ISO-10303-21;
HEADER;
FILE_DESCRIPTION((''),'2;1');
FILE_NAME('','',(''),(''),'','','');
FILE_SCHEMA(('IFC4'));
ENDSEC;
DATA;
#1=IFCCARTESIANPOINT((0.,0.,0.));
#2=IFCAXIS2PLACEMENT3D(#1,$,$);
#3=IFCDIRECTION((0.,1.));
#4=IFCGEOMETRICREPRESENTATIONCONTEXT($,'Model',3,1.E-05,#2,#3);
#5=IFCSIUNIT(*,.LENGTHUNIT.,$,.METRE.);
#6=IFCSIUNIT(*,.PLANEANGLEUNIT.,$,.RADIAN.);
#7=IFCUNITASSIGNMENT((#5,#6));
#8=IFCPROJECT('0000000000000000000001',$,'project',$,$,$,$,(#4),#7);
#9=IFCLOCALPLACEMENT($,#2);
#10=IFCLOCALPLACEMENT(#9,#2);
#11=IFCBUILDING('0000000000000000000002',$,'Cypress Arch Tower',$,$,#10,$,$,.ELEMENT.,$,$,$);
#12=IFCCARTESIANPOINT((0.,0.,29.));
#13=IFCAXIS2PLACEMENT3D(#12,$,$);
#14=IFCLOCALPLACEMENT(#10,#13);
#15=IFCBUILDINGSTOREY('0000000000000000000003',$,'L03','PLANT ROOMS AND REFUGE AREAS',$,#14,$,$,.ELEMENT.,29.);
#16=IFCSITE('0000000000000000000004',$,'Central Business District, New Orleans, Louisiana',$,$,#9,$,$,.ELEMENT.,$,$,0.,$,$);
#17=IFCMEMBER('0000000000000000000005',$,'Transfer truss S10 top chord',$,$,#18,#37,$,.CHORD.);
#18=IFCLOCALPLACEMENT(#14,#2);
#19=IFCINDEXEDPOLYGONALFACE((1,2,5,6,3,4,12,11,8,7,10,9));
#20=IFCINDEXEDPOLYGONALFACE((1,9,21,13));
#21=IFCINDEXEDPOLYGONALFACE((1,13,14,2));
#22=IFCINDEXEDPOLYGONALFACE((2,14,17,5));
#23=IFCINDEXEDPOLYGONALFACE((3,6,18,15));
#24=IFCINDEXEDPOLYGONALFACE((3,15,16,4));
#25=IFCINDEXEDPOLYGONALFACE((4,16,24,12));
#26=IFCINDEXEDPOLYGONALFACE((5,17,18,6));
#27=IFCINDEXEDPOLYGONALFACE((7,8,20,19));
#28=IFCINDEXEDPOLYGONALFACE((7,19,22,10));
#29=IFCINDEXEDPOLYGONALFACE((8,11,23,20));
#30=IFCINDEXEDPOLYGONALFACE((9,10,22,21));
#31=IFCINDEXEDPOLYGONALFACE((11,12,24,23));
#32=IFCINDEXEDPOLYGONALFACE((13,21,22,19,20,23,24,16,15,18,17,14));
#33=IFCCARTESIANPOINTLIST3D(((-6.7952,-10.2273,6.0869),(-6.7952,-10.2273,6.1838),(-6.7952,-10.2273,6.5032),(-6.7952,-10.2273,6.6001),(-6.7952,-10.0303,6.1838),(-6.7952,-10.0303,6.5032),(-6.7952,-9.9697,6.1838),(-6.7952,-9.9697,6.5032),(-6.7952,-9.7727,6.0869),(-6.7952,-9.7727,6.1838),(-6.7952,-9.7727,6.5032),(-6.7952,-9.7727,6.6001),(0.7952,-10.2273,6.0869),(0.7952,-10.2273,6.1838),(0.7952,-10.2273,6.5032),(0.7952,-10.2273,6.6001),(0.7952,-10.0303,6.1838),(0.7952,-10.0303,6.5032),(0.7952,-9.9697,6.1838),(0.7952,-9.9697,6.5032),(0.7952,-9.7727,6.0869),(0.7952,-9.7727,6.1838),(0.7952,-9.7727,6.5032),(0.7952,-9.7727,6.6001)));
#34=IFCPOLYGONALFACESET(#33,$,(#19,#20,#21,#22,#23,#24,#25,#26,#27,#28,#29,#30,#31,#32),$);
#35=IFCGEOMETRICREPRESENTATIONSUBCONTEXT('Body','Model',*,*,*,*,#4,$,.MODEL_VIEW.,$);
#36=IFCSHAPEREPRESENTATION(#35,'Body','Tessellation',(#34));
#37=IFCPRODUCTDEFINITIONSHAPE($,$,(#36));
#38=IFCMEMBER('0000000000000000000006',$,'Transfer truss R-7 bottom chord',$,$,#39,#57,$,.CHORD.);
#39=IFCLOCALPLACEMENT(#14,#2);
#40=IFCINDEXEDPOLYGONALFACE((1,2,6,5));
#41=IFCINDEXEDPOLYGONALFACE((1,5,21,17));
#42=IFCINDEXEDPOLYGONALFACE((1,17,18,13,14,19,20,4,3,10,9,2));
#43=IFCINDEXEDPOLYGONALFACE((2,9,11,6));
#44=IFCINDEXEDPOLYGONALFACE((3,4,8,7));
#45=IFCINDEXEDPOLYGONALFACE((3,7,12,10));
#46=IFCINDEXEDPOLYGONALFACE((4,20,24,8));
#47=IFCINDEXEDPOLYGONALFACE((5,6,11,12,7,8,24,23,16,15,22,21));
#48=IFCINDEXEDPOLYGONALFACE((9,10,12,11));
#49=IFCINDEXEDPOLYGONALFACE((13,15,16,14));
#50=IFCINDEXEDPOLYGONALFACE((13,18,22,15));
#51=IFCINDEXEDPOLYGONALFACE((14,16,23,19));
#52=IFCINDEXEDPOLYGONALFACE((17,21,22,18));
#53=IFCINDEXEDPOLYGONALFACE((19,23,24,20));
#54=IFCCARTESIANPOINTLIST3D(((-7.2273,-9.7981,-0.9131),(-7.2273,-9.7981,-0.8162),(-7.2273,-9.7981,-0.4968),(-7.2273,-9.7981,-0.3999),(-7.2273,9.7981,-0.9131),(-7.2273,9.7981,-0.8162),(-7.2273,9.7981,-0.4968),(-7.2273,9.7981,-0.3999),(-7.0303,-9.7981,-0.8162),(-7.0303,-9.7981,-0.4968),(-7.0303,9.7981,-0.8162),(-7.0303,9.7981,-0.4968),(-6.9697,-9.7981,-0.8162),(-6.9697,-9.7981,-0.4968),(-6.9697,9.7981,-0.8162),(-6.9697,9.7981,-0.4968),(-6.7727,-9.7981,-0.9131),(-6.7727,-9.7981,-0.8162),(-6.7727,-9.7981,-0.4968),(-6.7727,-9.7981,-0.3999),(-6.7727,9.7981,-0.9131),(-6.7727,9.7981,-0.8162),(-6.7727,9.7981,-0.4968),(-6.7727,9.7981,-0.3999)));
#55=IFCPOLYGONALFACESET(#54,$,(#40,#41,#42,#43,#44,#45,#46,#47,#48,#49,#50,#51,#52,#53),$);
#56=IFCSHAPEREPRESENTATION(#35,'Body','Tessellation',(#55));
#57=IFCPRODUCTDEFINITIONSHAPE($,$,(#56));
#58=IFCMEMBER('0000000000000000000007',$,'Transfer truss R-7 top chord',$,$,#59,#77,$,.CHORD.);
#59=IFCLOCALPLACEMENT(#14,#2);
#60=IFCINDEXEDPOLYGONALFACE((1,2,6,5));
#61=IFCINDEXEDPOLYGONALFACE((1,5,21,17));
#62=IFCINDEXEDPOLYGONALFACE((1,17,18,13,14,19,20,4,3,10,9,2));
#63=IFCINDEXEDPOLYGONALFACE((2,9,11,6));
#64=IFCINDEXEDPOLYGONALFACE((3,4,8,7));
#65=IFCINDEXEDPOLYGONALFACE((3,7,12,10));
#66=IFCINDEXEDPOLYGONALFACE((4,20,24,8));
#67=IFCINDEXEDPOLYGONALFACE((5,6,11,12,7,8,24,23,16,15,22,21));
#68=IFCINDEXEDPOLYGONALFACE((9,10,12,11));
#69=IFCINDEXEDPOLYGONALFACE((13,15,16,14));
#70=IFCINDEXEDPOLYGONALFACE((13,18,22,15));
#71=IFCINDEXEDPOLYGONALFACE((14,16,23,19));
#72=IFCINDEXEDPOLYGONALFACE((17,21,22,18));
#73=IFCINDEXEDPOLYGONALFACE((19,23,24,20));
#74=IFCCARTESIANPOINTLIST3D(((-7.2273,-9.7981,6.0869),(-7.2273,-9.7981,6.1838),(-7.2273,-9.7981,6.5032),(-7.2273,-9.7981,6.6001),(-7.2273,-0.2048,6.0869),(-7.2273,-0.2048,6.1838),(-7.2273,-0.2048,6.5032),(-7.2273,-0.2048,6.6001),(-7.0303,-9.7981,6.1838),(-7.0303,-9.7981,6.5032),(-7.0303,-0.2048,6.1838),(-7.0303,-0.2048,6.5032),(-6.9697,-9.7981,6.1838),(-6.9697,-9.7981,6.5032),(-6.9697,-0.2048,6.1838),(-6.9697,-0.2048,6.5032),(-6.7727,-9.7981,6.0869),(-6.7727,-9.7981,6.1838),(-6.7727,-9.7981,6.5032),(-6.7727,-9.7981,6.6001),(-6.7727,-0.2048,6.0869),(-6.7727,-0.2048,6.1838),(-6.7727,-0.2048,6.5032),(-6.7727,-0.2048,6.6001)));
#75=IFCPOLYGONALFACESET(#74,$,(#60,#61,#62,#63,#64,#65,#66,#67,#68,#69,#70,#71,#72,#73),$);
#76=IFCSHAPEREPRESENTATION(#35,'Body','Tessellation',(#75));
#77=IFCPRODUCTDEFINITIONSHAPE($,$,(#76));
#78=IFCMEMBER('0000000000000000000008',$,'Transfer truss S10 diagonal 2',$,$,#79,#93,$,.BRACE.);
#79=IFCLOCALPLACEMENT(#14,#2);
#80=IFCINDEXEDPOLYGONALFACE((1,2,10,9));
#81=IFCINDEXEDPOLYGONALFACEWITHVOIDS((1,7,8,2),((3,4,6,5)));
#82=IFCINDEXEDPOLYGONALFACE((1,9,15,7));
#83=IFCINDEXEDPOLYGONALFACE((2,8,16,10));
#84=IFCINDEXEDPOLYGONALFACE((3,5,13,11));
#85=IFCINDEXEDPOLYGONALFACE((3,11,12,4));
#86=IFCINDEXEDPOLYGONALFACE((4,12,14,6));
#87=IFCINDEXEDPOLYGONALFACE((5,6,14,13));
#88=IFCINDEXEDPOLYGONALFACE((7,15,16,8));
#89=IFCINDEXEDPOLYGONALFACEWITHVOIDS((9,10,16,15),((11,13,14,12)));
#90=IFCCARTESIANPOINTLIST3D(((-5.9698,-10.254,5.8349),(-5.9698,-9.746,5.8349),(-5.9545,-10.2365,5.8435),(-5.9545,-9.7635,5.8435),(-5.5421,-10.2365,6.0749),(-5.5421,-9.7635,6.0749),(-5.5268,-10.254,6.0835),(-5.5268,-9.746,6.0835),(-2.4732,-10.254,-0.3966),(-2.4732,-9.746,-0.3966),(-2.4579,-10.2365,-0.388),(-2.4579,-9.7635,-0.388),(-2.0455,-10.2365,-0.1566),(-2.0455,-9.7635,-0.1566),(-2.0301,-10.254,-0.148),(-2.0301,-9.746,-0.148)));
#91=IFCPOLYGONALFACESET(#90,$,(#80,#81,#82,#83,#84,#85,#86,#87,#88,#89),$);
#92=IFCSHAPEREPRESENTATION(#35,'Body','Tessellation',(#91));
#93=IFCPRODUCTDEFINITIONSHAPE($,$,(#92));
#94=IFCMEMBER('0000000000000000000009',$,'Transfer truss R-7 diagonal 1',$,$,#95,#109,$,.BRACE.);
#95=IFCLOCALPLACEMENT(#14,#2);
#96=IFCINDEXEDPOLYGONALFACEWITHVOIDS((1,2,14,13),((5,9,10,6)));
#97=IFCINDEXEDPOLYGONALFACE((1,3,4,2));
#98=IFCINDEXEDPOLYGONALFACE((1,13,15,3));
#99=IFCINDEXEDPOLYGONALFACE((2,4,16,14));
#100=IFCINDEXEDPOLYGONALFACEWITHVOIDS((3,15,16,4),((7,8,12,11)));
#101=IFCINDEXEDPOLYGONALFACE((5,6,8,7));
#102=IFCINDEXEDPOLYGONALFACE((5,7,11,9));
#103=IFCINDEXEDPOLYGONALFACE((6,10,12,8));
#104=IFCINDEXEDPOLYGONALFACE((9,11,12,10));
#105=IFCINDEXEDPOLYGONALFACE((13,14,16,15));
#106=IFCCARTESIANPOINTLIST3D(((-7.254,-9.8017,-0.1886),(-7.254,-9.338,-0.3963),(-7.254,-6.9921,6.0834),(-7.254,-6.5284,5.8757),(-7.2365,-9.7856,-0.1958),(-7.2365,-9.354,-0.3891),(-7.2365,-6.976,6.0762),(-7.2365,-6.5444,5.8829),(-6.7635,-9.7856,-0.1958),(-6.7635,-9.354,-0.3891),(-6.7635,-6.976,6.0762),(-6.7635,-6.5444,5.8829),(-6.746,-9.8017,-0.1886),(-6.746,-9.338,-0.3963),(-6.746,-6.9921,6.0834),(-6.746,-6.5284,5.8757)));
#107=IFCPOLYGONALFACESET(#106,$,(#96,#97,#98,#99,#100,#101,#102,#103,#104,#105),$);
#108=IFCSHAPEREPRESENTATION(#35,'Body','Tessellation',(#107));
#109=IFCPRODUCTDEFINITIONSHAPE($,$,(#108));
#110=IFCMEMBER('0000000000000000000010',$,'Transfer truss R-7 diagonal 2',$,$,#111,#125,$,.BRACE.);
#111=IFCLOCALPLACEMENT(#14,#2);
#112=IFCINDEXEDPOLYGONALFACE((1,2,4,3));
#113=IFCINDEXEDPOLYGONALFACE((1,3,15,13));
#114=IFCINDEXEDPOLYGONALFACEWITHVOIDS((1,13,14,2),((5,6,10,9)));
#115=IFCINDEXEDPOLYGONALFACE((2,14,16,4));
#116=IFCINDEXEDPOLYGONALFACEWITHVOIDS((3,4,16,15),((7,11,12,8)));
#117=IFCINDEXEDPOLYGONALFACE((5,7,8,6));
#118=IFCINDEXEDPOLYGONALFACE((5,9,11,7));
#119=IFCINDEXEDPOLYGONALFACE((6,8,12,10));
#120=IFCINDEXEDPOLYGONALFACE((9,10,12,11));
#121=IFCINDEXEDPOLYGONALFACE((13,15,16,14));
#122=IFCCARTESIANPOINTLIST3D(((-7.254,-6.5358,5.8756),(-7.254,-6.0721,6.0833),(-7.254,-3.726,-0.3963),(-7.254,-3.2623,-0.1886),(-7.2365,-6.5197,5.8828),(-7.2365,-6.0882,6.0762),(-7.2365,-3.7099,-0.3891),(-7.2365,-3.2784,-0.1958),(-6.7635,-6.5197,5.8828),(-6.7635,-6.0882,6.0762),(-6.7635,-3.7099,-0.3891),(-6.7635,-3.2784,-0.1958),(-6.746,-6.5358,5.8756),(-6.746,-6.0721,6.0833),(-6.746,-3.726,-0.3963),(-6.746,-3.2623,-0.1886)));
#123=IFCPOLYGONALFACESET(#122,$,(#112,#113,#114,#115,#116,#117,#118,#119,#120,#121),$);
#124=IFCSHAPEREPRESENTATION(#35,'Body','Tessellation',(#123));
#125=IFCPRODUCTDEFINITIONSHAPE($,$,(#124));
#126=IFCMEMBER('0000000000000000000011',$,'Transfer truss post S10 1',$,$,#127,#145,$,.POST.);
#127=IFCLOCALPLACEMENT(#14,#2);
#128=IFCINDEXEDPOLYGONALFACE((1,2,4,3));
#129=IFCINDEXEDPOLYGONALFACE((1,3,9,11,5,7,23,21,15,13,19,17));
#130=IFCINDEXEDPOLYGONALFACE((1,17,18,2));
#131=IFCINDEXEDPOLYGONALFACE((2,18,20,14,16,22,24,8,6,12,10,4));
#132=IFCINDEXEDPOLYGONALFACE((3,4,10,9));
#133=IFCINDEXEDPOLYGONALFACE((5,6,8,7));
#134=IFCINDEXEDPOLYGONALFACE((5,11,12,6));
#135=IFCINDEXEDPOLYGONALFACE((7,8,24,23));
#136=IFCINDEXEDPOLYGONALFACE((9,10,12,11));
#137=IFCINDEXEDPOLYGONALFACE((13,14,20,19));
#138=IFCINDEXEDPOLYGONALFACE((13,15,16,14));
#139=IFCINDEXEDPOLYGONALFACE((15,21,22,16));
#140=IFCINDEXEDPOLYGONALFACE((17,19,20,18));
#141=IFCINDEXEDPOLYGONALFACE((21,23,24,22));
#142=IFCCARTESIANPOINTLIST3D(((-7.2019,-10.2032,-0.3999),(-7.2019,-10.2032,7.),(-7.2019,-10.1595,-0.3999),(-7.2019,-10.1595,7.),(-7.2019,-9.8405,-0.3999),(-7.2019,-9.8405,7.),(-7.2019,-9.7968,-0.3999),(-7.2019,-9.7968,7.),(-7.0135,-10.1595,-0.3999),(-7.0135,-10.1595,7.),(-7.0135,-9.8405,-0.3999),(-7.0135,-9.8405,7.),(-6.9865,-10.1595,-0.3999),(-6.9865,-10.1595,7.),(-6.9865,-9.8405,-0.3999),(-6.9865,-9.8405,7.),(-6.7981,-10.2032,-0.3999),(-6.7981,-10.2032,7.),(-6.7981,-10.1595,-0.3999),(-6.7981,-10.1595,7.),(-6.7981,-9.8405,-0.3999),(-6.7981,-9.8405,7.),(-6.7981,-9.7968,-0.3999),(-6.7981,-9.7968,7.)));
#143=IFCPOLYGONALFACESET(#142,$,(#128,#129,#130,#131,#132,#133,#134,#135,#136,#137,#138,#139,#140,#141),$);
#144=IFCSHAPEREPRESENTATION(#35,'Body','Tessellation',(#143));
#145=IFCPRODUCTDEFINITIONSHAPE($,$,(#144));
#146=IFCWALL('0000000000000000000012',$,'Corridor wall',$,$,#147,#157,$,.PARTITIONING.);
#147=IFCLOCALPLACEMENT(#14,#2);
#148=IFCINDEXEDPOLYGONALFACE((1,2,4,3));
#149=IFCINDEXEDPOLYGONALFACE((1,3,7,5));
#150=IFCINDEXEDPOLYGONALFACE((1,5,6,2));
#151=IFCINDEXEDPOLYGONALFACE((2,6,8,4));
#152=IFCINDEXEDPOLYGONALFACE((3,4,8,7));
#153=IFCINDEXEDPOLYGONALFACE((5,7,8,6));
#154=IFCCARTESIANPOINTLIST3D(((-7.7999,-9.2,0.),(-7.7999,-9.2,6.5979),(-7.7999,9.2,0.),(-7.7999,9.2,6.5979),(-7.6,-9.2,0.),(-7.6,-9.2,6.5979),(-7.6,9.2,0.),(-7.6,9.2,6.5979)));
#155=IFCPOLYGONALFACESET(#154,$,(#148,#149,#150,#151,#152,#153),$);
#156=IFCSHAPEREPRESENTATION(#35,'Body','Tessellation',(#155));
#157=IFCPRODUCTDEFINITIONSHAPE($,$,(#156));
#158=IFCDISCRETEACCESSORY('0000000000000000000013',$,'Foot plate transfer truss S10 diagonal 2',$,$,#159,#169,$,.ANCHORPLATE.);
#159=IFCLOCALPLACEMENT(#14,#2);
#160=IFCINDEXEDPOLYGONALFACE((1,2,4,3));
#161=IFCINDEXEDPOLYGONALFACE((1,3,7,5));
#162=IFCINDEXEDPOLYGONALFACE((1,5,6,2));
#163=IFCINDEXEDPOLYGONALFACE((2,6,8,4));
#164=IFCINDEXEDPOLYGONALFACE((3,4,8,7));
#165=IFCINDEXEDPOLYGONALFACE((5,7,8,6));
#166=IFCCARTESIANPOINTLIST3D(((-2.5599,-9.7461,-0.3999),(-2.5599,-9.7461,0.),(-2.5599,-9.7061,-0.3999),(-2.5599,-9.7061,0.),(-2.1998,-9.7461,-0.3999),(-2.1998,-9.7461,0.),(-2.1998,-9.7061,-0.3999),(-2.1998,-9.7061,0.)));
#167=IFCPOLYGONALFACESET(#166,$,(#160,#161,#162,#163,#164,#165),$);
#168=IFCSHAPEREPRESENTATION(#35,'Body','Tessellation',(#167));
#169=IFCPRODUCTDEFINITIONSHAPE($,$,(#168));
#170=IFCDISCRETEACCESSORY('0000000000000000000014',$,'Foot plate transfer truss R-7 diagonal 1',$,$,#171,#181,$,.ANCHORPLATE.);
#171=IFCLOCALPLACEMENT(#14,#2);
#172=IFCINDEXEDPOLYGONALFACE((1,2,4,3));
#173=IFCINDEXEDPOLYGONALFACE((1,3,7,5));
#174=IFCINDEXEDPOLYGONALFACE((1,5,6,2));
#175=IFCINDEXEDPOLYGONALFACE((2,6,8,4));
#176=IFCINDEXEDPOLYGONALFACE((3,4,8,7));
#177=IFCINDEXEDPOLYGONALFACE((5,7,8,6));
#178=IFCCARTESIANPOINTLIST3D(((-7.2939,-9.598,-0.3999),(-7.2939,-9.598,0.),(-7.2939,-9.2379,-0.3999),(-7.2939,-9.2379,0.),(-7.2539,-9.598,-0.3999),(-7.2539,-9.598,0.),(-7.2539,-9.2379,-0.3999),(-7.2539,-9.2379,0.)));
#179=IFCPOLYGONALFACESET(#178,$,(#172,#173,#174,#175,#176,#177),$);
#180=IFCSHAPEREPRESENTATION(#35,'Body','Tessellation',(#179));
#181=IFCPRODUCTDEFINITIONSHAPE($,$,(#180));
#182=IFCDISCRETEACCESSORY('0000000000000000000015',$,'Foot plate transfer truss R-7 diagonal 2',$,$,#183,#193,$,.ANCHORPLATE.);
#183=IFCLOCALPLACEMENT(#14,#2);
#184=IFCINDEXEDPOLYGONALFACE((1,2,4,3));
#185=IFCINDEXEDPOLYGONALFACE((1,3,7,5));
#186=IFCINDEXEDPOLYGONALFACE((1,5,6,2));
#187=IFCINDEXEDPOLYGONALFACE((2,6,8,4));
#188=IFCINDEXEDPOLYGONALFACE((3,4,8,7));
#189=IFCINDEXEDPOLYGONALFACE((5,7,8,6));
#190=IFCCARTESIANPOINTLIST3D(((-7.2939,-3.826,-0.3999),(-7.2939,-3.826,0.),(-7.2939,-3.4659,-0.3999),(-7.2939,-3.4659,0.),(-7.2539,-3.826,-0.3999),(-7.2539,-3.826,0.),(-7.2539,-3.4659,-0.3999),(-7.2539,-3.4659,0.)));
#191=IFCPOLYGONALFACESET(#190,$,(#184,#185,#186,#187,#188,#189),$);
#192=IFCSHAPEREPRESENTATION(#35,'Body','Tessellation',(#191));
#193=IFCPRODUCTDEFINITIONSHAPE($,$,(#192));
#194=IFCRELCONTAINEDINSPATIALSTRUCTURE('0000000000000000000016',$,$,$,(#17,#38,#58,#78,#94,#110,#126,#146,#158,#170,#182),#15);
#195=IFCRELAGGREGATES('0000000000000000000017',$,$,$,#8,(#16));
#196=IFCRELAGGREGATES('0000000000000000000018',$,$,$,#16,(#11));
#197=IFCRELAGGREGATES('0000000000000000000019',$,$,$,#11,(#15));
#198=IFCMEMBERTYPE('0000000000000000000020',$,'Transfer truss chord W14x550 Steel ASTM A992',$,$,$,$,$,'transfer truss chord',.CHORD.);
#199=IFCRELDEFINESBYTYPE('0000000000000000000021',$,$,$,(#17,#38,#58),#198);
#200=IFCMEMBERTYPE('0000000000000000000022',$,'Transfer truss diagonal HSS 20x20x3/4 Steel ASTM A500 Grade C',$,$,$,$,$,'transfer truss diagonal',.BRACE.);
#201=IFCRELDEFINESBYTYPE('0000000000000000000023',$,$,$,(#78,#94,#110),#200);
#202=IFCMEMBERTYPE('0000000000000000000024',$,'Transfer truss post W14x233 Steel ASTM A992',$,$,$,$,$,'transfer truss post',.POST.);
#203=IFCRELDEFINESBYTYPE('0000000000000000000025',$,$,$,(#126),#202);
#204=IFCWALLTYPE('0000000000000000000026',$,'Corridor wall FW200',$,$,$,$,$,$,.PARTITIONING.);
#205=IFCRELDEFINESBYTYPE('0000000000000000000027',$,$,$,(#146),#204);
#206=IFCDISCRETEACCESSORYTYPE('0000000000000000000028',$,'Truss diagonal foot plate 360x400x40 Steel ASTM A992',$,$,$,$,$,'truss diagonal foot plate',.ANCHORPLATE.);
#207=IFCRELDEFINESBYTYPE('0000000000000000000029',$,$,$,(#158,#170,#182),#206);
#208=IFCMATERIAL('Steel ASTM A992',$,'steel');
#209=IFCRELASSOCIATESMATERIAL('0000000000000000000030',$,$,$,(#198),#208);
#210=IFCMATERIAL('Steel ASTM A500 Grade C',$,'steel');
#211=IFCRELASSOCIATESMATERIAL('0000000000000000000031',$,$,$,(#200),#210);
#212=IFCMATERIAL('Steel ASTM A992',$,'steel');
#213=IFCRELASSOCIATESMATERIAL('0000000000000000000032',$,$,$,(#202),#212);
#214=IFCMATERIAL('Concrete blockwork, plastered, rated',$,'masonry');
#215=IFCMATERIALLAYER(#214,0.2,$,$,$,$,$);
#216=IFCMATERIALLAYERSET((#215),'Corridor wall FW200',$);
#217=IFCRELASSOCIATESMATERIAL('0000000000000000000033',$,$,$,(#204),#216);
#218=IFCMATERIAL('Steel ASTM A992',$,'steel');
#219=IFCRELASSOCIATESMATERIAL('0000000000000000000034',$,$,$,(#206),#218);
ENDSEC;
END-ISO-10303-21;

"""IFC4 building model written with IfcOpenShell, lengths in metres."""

from ifc_helpers import new_model, si_unit, direction, frame, frame_2d, origin, origin_2d, place, context, subcontext, project, spatial, rectangle, hollow_rectangle, i_section, extrude, material, layer, layer_set, material_profile, profile_set, type_object, element, save


model = new_model("IFC4")

# Units and contexts
model_context = context("Model", 3, precision=1e-05, world=origin(), true_north=direction((0.0, 1.0)))
body_context = subcontext(model_context, "Body", "Model", "MODEL_VIEW")
ifc_project = project(units=[si_unit("LENGTHUNIT", "METRE"), si_unit("PLANEANGLEUNIT", "RADIAN")], contexts=[model_context])

# Site, building, storey
site_placement = place(None, origin())
site = spatial("IfcSite", under=ifc_project, at=site_placement, Name="Central Business District, New Orleans, Louisiana", CompositionType="ELEMENT", RefElevation=0.0)
building_placement = place(site_placement, origin())
building = spatial("IfcBuilding", under=site, at=building_placement, Name="Cypress Arch Tower", CompositionType="ELEMENT")
storey_placement = place(building_placement, frame((0.0, 0.0, 29.0)))
storey = spatial("IfcBuildingStorey", under=building, at=storey_placement, Name="L03", Description="PLANT ROOMS AND REFUGE AREAS", CompositionType="ELEMENT", Elevation=29.0)

# Members
ifc_material_1 = material(Name="Steel ASTM A992", Category="steel")
ifc_material_profile_1 = material_profile(ifc_material_1, i_section(OverallWidth=0.4546, OverallDepth=0.5132, WebThickness=0.0605, FlangeThickness=0.0969, at=origin_2d()), Name="W14x550")
ifc_profile_set_1 = profile_set([ifc_material_profile_1], Name="Steel ASTM A992")
member_type_1 = type_object("IfcMemberType", Name="Transfer truss chord W14x550 Steel ASTM A992", ElementType="transfer truss chord", PredefinedType="CHORD", material=ifc_profile_set_1)
member_1_placement = place(storey_placement, frame((-6.7952, -10.0, 6.3435), z_axis=(1.0, 0.0, 0.0), x_axis=(0.0, 1.0, 0.0)))
element("IfcMember", 1, at=member_1_placement, inside=storey, type_object=member_type_1, Name="Transfer truss S10 top chord", PredefinedType="CHORD", context=body_context, shape_type="SweptSolid", body=[
    extrude(i_section(OverallWidth=0.4546, OverallDepth=0.5132, WebThickness=0.0605, FlangeThickness=0.0969, at=origin_2d()), origin(), (0.0, 0.0, 1.0), 7.5903),
])
member_2_placement = place(storey_placement, frame((-7.0, -9.7981, -0.6565), z_axis=(0.0, 1.0, 0.0), x_axis=(-1.0, 0.0, 0.0)))
element("IfcMember", 2, at=member_2_placement, inside=storey, type_object=member_type_1, Name="Transfer truss R-7 bottom chord", PredefinedType="CHORD", context=body_context, shape_type="SweptSolid", body=[
    extrude(i_section(OverallWidth=0.4546, OverallDepth=0.5132, WebThickness=0.0605, FlangeThickness=0.0969, at=origin_2d()), origin(), (0.0, 0.0, 1.0), 19.5962),
])
member_3_placement = place(storey_placement, frame((-7.0, -9.7981, 6.3435), z_axis=(0.0, 1.0, 0.0), x_axis=(-1.0, 0.0, 0.0)))
element("IfcMember", 3, at=member_3_placement, inside=storey, type_object=member_type_1, Name="Transfer truss R-7 top chord", PredefinedType="CHORD", context=body_context, shape_type="SweptSolid", body=[
    extrude(i_section(OverallWidth=0.4546, OverallDepth=0.5132, WebThickness=0.0605, FlangeThickness=0.0969, at=origin_2d()), origin(), (0.0, 0.0, 1.0), 9.5933),
])
ifc_material_2 = material(Name="Steel ASTM A500 Grade C", Category="steel")
ifc_material_profile_2 = material_profile(ifc_material_2, hollow_rectangle(XDim=0.5081, YDim=0.5081, WallThickness=0.0176, at=origin_2d()), Name="HSS 20x20x3/4")
ifc_profile_set_2 = profile_set([ifc_material_profile_2], Name="Steel ASTM A500 Grade C")
member_type_2 = type_object("IfcMemberType", Name="Transfer truss diagonal HSS 20x20x3/4 Steel ASTM A500 Grade C", ElementType="transfer truss diagonal", PredefinedType="BRACE", material=ifc_profile_set_2)
member_4_placement = place(storey_placement, frame((-5.7483, -10.0, 5.9592), z_axis=(0.489346, 0.0, -0.87209), x_axis=(0.0, 1.0, 0.0)))
element("IfcMember", 4, at=member_4_placement, inside=storey, type_object=member_type_2, Name="Transfer truss S10 diagonal 2", PredefinedType="BRACE", context=body_context, shape_type="SweptSolid", body=[
    extrude(hollow_rectangle(XDim=0.5081, YDim=0.5081, WallThickness=0.0176, at=origin_2d()), origin(), (0.0, 0.0, 1.0), 7.1455),
])
for number, where, z_axis, x_axis, name in (
    (5, (-7.0, -9.5698, -0.2925), (0.0, 0.408813, 0.912618), (-1.0, 0.0, 0.0), "Transfer truss R-7 diagonal 1"),
    (6, (-7.0, -6.304, 5.9795), (0.0, 0.408843, -0.912605), (-1.0, 0.0, 0.0), "Transfer truss R-7 diagonal 2"),
):
    element("IfcMember", number, at=place(storey_placement, frame(where, z_axis=z_axis, x_axis=x_axis)), inside=storey, type_object=member_type_2, Name=name, PredefinedType="BRACE", context=body_context, shape_type="SweptSolid", body=[
        extrude(hollow_rectangle(XDim=0.5081, YDim=0.5081, WallThickness=0.0176, at=origin_2d()), origin(), (0.0, 0.0, 1.0), 6.8726),
    ])
ifc_material_3 = material(Name="Steel ASTM A992", Category="steel")
ifc_material_profile_3 = material_profile(ifc_material_3, i_section(OverallWidth=0.4038, OverallDepth=0.4065, WebThickness=0.0271, FlangeThickness=0.0437, at=origin_2d()), Name="W14x233")
ifc_profile_set_3 = profile_set([ifc_material_profile_3], Name="Steel ASTM A992")
member_type_3 = type_object("IfcMemberType", Name="Transfer truss post W14x233 Steel ASTM A992", ElementType="transfer truss post", PredefinedType="POST", material=ifc_profile_set_3)
member_5_placement = place(storey_placement, frame((-7.0, -10.0, -0.3999), z_axis=(0.0, 0.0, 1.0), x_axis=(1.0, 0.0, 0.0)))
element("IfcMember", 7, at=member_5_placement, inside=storey, type_object=member_type_3, Name="Transfer truss post S10 1", PredefinedType="POST", context=body_context, shape_type="SweptSolid", body=[
    extrude(i_section(OverallWidth=0.4038, OverallDepth=0.4065, WebThickness=0.0271, FlangeThickness=0.0437, at=origin_2d()), origin(), (0.0, 0.0, 1.0), 7.3999),
])

# Wall
ifc_material_4 = material(Name="Concrete blockwork, plastered, rated", Category="masonry")
ifc_layer = layer(ifc_material_4, 0.2)
ifc_layer_set = layer_set([ifc_layer], Name="Corridor wall FW200")
wall_type = type_object("IfcWallType", Name="Corridor wall FW200", PredefinedType="PARTITIONING", material=ifc_layer_set)
wall_placement = place(storey_placement, frame((-7.7, -9.2, 0.0), z_axis=(0.0, 0.0, 1.0), x_axis=(0.0, 1.0, 0.0)))
element("IfcWall", 8, at=wall_placement, inside=storey, type_object=wall_type, Name="Corridor wall", PredefinedType="PARTITIONING", context=body_context, shape_type="SweptSolid", body=[
    extrude(rectangle(XDim=18.3999, YDim=0.2, at=frame_2d((9.2, 0.0))), origin(), (0.0, 0.0, 1.0), 6.5979),
])

# Discrete accessories
ifc_material_5 = material(Name="Steel ASTM A992", Category="steel")
ifc_material_profile_4 = material_profile(ifc_material_5, rectangle(XDim=0.3601, YDim=0.3999, at=origin_2d()), Name="PL 40 360x400")
ifc_profile_set_4 = profile_set([ifc_material_profile_4], Name="Steel ASTM A992")
discrete_accessory_type_1 = type_object("IfcDiscreteAccessoryType", Name="Truss diagonal foot plate 360x400x40 Steel ASTM A992", ElementType="truss diagonal foot plate", PredefinedType="ANCHORPLATE", material=ifc_profile_set_4)
for number, where, z_axis, x_axis, name in (
    (9, (-2.3799, -9.7461, -0.2), (0.0, 1.0, 0.0), (-1.0, 0.0, 0.0), "Foot plate transfer truss S10 diagonal 2"),
    (10, (-7.2539, -9.418, -0.2), (-1.0, 0.0, 0.0), (0.0, -1.0, 0.0), "Foot plate transfer truss R-7 diagonal 1"),
    (11, (-7.2539, -3.646, -0.2), (-1.0, 0.0, 0.0), (0.0, -1.0, 0.0), "Foot plate transfer truss R-7 diagonal 2"),
):
    element("IfcDiscreteAccessory", number, at=place(storey_placement, frame(where, z_axis=z_axis, x_axis=x_axis)), inside=storey, type_object=discrete_accessory_type_1, Name=name, PredefinedType="ANCHORPLATE", context=body_context, shape_type="SweptSolid", body=[
        extrude(rectangle(XDim=0.3601, YDim=0.3999, at=origin_2d()), origin(), (0.0, 0.0, 1.0), 0.04),
    ])

save(model, "model.ifc")
